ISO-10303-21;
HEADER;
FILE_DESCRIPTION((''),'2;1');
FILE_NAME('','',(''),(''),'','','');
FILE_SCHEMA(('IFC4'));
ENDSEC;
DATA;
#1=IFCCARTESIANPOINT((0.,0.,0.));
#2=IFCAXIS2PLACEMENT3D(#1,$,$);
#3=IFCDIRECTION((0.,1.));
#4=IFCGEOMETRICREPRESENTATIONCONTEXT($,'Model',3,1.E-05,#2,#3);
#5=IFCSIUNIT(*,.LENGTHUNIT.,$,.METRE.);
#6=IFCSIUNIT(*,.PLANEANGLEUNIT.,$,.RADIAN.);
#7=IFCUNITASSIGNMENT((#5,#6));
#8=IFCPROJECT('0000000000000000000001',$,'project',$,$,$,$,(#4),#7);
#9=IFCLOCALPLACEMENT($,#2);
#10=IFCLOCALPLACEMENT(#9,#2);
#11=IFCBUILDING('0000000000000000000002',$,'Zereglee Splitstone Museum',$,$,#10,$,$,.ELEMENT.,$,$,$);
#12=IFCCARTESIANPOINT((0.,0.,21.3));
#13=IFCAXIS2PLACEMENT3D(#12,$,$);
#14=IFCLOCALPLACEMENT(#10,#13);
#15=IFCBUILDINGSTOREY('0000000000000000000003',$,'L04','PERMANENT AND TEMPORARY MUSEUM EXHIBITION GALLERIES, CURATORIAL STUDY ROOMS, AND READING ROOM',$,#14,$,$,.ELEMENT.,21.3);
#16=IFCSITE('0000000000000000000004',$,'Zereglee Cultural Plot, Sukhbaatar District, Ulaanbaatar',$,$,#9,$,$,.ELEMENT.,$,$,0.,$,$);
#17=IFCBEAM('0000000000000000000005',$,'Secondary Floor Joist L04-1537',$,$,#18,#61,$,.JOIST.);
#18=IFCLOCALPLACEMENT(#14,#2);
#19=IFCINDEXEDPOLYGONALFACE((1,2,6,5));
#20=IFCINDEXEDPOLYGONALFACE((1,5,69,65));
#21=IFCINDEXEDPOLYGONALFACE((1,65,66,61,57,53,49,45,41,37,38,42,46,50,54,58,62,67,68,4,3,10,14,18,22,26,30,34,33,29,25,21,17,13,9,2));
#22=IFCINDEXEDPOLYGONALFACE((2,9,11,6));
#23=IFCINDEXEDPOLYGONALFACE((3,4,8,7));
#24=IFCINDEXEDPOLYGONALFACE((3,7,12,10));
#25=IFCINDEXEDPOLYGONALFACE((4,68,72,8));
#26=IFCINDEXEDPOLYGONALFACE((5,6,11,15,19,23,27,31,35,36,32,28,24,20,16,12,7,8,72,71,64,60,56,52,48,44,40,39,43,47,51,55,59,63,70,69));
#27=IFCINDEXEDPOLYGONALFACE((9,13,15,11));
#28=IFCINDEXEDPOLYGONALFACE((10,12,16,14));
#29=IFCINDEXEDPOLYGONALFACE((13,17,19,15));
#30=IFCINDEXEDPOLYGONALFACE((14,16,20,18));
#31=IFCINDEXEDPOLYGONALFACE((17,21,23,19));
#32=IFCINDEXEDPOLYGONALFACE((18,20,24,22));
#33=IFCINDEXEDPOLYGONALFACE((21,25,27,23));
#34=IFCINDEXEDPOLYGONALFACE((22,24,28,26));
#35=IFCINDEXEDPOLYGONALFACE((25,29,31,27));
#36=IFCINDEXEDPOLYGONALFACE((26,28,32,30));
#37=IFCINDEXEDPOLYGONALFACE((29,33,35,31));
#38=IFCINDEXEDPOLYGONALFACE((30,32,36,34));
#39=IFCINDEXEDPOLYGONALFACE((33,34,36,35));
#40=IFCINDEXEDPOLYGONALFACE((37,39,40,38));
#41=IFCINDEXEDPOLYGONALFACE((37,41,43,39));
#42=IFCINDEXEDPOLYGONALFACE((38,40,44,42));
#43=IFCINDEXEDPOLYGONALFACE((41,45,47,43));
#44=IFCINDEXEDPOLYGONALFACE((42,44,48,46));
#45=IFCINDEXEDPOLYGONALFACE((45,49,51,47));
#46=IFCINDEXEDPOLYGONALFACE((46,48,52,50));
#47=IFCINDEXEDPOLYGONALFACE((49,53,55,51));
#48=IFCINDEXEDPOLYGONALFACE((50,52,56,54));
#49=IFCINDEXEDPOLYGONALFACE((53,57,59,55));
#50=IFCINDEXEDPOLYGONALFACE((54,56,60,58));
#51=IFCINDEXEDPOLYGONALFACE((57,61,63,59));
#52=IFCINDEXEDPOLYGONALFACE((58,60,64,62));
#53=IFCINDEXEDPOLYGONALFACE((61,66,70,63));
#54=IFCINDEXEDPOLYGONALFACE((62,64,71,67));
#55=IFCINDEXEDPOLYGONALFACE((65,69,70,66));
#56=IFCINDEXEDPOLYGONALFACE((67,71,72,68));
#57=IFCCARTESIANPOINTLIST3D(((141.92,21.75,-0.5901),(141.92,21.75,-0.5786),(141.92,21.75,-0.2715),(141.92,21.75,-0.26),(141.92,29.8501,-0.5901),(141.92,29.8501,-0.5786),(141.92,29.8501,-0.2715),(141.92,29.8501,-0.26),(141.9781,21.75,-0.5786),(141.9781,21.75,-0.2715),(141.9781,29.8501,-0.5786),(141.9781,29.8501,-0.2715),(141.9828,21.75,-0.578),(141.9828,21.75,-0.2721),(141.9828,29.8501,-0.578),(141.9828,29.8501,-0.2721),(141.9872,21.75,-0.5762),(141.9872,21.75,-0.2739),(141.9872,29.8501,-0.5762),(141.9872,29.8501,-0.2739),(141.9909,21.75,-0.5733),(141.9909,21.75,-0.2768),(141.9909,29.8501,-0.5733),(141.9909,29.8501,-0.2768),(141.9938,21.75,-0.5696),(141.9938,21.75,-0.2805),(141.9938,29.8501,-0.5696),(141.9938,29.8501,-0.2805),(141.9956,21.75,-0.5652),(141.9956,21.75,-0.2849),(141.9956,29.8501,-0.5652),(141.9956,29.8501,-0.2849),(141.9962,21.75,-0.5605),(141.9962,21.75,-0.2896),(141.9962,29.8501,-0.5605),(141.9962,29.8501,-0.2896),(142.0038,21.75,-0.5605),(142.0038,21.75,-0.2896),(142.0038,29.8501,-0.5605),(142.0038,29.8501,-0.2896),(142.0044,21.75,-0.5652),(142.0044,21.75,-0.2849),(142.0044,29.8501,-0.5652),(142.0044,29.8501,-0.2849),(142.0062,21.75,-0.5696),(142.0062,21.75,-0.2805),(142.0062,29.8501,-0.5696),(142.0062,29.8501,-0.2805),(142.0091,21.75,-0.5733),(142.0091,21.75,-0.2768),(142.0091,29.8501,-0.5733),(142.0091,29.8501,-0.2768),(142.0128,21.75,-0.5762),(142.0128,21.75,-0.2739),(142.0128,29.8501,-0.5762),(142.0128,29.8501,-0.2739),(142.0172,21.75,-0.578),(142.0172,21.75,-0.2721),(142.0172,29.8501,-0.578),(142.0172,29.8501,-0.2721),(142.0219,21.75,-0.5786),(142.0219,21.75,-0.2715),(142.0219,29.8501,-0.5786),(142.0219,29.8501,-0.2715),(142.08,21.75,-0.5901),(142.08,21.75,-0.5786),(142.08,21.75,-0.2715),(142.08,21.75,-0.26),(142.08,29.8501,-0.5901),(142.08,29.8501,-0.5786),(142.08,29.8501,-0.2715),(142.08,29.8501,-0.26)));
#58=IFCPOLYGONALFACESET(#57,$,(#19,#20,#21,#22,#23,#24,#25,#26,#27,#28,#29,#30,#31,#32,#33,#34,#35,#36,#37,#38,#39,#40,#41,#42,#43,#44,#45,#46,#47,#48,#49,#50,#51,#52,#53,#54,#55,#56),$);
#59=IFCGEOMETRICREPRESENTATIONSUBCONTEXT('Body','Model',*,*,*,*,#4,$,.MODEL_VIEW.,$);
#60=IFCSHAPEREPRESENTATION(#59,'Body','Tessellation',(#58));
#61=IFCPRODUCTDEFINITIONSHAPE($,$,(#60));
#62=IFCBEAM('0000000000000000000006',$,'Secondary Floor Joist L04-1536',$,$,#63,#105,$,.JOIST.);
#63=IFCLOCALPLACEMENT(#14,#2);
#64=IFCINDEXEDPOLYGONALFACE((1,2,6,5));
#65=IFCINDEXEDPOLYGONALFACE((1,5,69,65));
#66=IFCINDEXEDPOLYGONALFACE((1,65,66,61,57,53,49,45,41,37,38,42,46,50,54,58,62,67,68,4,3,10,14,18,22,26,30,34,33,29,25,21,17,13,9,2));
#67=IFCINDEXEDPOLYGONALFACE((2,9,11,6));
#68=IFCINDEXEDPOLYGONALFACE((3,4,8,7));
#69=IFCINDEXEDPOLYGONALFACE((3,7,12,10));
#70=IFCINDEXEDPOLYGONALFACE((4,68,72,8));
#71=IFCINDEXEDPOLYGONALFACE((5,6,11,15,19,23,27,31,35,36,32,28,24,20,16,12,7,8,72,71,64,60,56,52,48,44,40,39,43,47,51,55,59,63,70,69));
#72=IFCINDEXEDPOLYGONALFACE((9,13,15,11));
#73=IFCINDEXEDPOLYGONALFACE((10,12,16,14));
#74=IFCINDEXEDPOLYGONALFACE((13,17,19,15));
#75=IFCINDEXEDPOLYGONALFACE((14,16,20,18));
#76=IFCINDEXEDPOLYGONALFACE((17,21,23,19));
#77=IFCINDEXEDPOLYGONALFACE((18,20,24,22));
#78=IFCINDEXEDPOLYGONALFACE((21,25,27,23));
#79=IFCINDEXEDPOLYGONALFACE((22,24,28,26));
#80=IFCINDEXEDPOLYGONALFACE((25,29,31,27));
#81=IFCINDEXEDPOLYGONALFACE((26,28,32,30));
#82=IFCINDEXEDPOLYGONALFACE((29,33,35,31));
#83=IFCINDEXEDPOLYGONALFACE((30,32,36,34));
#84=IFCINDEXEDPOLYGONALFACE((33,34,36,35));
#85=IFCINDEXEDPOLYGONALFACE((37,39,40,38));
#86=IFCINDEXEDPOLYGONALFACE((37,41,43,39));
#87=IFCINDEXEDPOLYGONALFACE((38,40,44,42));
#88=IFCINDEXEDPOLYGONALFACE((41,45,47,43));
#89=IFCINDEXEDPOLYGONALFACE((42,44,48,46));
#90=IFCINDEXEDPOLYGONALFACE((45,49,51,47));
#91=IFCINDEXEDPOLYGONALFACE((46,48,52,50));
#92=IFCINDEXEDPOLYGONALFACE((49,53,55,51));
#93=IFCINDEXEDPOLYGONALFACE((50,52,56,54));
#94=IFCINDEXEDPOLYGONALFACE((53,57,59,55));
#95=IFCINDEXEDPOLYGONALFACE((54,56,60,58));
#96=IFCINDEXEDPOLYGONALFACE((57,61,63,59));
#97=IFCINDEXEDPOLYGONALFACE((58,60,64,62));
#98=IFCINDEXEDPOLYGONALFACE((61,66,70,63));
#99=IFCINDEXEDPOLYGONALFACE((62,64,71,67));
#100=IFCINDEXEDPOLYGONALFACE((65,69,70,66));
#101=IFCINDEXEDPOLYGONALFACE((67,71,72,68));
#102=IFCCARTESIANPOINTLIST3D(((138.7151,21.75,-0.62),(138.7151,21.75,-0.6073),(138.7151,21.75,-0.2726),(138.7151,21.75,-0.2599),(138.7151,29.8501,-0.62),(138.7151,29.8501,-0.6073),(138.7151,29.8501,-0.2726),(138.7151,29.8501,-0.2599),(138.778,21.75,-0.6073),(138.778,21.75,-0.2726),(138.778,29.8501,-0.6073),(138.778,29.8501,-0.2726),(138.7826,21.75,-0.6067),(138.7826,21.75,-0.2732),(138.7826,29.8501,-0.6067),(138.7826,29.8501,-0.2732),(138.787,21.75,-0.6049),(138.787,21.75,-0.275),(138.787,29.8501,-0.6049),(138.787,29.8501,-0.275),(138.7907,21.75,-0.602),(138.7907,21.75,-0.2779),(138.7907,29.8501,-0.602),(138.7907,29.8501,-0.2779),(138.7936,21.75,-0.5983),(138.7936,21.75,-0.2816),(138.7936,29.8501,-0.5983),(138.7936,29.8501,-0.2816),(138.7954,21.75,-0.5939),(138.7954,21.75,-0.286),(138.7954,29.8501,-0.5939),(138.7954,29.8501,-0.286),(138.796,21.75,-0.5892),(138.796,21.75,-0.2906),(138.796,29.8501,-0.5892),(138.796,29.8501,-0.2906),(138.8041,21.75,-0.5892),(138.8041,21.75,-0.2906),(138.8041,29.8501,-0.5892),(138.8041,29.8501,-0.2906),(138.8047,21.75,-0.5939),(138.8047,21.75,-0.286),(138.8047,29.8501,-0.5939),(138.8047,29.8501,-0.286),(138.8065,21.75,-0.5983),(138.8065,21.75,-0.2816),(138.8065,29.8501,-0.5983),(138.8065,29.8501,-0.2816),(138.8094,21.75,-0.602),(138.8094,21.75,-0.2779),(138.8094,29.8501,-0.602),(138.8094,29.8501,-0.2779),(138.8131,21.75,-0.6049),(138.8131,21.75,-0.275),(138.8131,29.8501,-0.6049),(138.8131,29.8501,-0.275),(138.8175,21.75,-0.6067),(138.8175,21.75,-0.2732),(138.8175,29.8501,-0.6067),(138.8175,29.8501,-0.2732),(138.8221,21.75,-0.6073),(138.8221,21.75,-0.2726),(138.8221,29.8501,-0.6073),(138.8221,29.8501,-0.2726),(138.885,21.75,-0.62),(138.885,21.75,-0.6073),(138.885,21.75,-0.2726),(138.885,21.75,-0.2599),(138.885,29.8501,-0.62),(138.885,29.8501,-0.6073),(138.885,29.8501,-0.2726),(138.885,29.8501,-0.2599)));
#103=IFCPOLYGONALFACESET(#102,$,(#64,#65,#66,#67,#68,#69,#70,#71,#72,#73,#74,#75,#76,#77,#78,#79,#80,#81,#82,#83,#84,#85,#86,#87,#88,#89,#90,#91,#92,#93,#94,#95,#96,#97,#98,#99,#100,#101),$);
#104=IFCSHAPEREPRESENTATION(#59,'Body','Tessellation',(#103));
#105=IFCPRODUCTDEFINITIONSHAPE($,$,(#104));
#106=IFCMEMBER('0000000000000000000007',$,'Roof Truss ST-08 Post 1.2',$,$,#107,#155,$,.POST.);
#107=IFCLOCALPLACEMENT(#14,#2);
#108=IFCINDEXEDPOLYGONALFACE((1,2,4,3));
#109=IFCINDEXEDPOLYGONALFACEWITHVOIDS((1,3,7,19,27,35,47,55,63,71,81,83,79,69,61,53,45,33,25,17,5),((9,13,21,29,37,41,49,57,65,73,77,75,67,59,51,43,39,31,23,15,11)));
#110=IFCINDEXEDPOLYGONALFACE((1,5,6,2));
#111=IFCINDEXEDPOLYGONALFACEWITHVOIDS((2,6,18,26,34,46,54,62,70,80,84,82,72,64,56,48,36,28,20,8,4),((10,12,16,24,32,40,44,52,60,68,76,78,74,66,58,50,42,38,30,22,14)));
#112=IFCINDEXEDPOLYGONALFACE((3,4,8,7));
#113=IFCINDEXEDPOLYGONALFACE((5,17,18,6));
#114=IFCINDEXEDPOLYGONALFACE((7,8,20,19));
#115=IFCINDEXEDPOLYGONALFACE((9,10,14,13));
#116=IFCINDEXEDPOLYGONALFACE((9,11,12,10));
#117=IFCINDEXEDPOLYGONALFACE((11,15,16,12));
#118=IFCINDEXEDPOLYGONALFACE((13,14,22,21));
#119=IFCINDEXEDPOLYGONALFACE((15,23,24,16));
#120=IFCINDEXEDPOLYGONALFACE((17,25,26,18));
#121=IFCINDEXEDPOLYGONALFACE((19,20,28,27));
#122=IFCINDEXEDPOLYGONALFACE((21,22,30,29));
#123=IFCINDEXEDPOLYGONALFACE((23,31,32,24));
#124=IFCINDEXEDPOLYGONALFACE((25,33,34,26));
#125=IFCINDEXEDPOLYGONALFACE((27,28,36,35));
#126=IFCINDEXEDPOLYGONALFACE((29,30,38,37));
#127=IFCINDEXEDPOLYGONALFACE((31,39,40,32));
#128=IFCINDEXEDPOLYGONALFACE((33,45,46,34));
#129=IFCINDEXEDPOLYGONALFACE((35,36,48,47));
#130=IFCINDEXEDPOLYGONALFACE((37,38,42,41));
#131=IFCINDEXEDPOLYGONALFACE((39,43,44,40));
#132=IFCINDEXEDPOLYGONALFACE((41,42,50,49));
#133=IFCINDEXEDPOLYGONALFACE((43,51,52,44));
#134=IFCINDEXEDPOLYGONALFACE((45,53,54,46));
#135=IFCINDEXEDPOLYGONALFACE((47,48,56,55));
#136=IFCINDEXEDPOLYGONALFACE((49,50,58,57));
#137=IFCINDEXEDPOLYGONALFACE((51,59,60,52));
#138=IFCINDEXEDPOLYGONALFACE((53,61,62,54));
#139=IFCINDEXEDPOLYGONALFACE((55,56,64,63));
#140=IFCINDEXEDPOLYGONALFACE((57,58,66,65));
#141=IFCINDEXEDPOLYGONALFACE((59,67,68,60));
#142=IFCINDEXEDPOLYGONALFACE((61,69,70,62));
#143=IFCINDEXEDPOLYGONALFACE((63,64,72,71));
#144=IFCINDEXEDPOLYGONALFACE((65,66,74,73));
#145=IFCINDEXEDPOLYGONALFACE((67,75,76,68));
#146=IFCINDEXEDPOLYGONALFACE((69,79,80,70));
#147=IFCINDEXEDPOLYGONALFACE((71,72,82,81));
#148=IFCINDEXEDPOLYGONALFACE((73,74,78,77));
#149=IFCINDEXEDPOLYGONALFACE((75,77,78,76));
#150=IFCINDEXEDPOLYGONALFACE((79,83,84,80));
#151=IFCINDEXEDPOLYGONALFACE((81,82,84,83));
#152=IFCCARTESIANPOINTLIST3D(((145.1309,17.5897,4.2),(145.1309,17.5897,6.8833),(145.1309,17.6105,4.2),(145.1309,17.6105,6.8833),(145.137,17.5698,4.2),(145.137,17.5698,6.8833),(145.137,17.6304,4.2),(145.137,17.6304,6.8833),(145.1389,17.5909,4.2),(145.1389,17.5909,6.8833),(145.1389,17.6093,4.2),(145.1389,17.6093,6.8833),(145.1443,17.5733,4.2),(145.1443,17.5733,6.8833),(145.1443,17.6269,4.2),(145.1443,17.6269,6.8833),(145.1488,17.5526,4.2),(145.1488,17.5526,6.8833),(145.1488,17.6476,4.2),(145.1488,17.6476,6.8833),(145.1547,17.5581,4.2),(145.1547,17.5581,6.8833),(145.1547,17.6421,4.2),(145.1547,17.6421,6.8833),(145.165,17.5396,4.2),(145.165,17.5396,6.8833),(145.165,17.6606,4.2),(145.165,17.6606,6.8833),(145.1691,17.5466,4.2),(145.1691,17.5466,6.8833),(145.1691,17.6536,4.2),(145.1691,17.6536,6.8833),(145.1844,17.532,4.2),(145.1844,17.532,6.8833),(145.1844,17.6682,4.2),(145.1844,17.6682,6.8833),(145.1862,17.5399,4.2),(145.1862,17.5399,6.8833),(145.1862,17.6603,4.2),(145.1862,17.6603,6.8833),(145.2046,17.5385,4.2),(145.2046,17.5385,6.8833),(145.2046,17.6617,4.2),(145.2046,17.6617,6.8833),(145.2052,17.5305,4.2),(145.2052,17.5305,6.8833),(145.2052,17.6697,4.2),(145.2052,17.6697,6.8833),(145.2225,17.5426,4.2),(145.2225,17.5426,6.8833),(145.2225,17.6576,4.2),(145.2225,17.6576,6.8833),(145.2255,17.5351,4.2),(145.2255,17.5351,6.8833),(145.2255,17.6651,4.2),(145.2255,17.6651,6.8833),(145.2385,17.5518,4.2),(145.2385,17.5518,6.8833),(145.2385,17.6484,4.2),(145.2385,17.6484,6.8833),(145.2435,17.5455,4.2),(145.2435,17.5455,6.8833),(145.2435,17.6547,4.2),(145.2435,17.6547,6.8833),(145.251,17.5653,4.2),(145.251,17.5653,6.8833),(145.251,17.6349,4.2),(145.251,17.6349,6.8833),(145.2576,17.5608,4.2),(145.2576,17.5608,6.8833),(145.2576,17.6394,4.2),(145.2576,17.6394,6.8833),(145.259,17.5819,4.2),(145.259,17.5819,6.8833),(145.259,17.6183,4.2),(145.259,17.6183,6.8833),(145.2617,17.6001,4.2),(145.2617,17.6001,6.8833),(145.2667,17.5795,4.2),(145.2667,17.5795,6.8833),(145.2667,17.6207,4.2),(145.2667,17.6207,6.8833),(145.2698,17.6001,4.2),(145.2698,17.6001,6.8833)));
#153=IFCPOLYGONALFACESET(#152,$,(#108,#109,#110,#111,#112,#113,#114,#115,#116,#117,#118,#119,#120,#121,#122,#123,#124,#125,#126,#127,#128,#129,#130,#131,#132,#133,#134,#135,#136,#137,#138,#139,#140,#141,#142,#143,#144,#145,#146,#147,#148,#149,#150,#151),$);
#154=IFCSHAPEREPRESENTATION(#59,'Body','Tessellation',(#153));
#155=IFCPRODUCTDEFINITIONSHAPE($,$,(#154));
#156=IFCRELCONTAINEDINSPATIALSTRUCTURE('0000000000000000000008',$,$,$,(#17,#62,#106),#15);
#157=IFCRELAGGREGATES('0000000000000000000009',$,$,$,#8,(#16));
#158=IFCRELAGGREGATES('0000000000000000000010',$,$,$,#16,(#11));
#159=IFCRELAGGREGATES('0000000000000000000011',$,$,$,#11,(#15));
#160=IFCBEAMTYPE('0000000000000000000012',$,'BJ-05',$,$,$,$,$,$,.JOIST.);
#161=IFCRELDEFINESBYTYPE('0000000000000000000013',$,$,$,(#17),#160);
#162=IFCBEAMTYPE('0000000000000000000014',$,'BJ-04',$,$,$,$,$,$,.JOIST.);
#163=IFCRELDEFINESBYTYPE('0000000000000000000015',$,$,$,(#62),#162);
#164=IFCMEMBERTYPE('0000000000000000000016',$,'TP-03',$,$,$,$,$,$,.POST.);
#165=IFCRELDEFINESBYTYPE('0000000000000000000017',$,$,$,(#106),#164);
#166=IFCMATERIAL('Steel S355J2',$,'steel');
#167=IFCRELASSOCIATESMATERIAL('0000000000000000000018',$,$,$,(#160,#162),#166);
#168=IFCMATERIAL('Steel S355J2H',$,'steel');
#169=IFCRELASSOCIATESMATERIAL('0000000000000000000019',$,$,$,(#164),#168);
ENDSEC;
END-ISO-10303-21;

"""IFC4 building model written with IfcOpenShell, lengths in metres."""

from ifc_helpers import new_model, si_unit, direction, frame, origin, origin_2d, place, context, subcontext, project, spatial, hollow_circle, i_section, extrude, material, material_profile, profile_set, type_object, element, save


model = new_model("IFC4")

# Units and contexts
model_context = context("Model", 3, precision=1e-05, world=origin(), true_north=direction((0.0, 1.0)))
body_context = subcontext(model_context, "Body", "Model", "MODEL_VIEW")
ifc_project = project(units=[si_unit("LENGTHUNIT", "METRE"), si_unit("PLANEANGLEUNIT", "RADIAN")], contexts=[model_context])

# Site, building, storey
site_placement = place(None, origin())
site = spatial("IfcSite", under=ifc_project, at=site_placement, Name="Zereglee Cultural Plot, Sukhbaatar District, Ulaanbaatar", CompositionType="ELEMENT", RefElevation=0.0)
building_placement = place(site_placement, origin())
building = spatial("IfcBuilding", under=site, at=building_placement, Name="Zereglee Splitstone Museum", CompositionType="ELEMENT")
storey_placement = place(building_placement, frame((0.0, 0.0, 21.3)))
storey = spatial("IfcBuildingStorey", under=building, at=storey_placement, Name="L04", Description="PERMANENT AND TEMPORARY MUSEUM EXHIBITION GALLERIES, CURATORIAL STUDY ROOMS, AND READING ROOM", CompositionType="ELEMENT", Elevation=21.3)

# Shared definitions
ifc_material_1 = material(Name="Steel S355J2H", Category="steel")
ifc_material_2 = material(Name="Steel S355J2", Category="steel")

# Beams
ifc_material_profile_1 = material_profile(ifc_material_2, i_section(OverallWidth=0.1599, OverallDepth=0.3301, WebThickness=0.0076, FlangeThickness=0.0115, FilletRadius=0.0181, at=origin_2d()), Name="IPE 330")
ifc_profile_set_1 = profile_set([ifc_material_profile_1], Name="Steel S355J2")
beam_type_1 = type_object("IfcBeamType", Name="BJ-05", PredefinedType="JOIST", material=ifc_profile_set_1)
beam_1_placement = place(storey_placement, frame((142.0, 21.75, -0.425), z_axis=(0.0, 1.0, 0.0), x_axis=(-1.0, 0.0, 0.0)))
element("IfcBeam", 1, at=beam_1_placement, inside=storey, type_object=beam_type_1, Name="Secondary Floor Joist L04-1537", PredefinedType="JOIST", context=body_context, shape_type="SweptSolid", body=[
    extrude(i_section(OverallWidth=0.1599, OverallDepth=0.3301, WebThickness=0.0076, FlangeThickness=0.0115, FilletRadius=0.0181, at=origin_2d()), origin(), (0.0, 0.0, 1.0), 8.1001),
])
ifc_material_profile_2 = material_profile(ifc_material_2, i_section(OverallWidth=0.1699, OverallDepth=0.3601, WebThickness=0.0081, FlangeThickness=0.0127, FilletRadius=0.0181, at=origin_2d()), Name="IPE 360")
ifc_profile_set_2 = profile_set([ifc_material_profile_2], Name="Steel S355J2")
beam_type_2 = type_object("IfcBeamType", Name="BJ-04", PredefinedType="JOIST", material=ifc_profile_set_2)
beam_2_placement = place(storey_placement, frame((138.8, 21.75, -0.4399), z_axis=(0.0, 1.0, 0.0), x_axis=(-1.0, 0.0, 0.0)))
element("IfcBeam", 2, at=beam_2_placement, inside=storey, type_object=beam_type_2, Name="Secondary Floor Joist L04-1536", PredefinedType="JOIST", context=body_context, shape_type="SweptSolid", body=[
    extrude(i_section(OverallWidth=0.1699, OverallDepth=0.3601, WebThickness=0.0081, FlangeThickness=0.0127, FilletRadius=0.0181, at=origin_2d()), origin(), (0.0, 0.0, 1.0), 8.1001),
])

# Member
ifc_material_profile_3 = material_profile(ifc_material_1, hollow_circle(Radius=0.0698, WallThickness=0.0081, at=origin_2d()), Name="CHS 139.7x8")
ifc_profile_set_3 = profile_set([ifc_material_profile_3], Name="Steel S355J2H")
member_type_1 = type_object("IfcMemberType", Name="TP-03", PredefinedType="POST", material=ifc_profile_set_3)
member_1_placement = place(storey_placement, frame((145.2, 17.6001, 4.2), z_axis=(0.0, 0.0, 1.0), x_axis=(1.0, 0.0, 0.0)))
element("IfcMember", 3, at=member_1_placement, inside=storey, type_object=member_type_1, Name="Roof Truss ST-08 Post 1.2", PredefinedType="POST", context=body_context, shape_type="SweptSolid", body=[
    extrude(hollow_circle(Radius=0.0698, WallThickness=0.0081, at=origin_2d()), origin(), (0.0, 0.0, 1.0), 2.6833),
])

save(model, "model.ifc")
